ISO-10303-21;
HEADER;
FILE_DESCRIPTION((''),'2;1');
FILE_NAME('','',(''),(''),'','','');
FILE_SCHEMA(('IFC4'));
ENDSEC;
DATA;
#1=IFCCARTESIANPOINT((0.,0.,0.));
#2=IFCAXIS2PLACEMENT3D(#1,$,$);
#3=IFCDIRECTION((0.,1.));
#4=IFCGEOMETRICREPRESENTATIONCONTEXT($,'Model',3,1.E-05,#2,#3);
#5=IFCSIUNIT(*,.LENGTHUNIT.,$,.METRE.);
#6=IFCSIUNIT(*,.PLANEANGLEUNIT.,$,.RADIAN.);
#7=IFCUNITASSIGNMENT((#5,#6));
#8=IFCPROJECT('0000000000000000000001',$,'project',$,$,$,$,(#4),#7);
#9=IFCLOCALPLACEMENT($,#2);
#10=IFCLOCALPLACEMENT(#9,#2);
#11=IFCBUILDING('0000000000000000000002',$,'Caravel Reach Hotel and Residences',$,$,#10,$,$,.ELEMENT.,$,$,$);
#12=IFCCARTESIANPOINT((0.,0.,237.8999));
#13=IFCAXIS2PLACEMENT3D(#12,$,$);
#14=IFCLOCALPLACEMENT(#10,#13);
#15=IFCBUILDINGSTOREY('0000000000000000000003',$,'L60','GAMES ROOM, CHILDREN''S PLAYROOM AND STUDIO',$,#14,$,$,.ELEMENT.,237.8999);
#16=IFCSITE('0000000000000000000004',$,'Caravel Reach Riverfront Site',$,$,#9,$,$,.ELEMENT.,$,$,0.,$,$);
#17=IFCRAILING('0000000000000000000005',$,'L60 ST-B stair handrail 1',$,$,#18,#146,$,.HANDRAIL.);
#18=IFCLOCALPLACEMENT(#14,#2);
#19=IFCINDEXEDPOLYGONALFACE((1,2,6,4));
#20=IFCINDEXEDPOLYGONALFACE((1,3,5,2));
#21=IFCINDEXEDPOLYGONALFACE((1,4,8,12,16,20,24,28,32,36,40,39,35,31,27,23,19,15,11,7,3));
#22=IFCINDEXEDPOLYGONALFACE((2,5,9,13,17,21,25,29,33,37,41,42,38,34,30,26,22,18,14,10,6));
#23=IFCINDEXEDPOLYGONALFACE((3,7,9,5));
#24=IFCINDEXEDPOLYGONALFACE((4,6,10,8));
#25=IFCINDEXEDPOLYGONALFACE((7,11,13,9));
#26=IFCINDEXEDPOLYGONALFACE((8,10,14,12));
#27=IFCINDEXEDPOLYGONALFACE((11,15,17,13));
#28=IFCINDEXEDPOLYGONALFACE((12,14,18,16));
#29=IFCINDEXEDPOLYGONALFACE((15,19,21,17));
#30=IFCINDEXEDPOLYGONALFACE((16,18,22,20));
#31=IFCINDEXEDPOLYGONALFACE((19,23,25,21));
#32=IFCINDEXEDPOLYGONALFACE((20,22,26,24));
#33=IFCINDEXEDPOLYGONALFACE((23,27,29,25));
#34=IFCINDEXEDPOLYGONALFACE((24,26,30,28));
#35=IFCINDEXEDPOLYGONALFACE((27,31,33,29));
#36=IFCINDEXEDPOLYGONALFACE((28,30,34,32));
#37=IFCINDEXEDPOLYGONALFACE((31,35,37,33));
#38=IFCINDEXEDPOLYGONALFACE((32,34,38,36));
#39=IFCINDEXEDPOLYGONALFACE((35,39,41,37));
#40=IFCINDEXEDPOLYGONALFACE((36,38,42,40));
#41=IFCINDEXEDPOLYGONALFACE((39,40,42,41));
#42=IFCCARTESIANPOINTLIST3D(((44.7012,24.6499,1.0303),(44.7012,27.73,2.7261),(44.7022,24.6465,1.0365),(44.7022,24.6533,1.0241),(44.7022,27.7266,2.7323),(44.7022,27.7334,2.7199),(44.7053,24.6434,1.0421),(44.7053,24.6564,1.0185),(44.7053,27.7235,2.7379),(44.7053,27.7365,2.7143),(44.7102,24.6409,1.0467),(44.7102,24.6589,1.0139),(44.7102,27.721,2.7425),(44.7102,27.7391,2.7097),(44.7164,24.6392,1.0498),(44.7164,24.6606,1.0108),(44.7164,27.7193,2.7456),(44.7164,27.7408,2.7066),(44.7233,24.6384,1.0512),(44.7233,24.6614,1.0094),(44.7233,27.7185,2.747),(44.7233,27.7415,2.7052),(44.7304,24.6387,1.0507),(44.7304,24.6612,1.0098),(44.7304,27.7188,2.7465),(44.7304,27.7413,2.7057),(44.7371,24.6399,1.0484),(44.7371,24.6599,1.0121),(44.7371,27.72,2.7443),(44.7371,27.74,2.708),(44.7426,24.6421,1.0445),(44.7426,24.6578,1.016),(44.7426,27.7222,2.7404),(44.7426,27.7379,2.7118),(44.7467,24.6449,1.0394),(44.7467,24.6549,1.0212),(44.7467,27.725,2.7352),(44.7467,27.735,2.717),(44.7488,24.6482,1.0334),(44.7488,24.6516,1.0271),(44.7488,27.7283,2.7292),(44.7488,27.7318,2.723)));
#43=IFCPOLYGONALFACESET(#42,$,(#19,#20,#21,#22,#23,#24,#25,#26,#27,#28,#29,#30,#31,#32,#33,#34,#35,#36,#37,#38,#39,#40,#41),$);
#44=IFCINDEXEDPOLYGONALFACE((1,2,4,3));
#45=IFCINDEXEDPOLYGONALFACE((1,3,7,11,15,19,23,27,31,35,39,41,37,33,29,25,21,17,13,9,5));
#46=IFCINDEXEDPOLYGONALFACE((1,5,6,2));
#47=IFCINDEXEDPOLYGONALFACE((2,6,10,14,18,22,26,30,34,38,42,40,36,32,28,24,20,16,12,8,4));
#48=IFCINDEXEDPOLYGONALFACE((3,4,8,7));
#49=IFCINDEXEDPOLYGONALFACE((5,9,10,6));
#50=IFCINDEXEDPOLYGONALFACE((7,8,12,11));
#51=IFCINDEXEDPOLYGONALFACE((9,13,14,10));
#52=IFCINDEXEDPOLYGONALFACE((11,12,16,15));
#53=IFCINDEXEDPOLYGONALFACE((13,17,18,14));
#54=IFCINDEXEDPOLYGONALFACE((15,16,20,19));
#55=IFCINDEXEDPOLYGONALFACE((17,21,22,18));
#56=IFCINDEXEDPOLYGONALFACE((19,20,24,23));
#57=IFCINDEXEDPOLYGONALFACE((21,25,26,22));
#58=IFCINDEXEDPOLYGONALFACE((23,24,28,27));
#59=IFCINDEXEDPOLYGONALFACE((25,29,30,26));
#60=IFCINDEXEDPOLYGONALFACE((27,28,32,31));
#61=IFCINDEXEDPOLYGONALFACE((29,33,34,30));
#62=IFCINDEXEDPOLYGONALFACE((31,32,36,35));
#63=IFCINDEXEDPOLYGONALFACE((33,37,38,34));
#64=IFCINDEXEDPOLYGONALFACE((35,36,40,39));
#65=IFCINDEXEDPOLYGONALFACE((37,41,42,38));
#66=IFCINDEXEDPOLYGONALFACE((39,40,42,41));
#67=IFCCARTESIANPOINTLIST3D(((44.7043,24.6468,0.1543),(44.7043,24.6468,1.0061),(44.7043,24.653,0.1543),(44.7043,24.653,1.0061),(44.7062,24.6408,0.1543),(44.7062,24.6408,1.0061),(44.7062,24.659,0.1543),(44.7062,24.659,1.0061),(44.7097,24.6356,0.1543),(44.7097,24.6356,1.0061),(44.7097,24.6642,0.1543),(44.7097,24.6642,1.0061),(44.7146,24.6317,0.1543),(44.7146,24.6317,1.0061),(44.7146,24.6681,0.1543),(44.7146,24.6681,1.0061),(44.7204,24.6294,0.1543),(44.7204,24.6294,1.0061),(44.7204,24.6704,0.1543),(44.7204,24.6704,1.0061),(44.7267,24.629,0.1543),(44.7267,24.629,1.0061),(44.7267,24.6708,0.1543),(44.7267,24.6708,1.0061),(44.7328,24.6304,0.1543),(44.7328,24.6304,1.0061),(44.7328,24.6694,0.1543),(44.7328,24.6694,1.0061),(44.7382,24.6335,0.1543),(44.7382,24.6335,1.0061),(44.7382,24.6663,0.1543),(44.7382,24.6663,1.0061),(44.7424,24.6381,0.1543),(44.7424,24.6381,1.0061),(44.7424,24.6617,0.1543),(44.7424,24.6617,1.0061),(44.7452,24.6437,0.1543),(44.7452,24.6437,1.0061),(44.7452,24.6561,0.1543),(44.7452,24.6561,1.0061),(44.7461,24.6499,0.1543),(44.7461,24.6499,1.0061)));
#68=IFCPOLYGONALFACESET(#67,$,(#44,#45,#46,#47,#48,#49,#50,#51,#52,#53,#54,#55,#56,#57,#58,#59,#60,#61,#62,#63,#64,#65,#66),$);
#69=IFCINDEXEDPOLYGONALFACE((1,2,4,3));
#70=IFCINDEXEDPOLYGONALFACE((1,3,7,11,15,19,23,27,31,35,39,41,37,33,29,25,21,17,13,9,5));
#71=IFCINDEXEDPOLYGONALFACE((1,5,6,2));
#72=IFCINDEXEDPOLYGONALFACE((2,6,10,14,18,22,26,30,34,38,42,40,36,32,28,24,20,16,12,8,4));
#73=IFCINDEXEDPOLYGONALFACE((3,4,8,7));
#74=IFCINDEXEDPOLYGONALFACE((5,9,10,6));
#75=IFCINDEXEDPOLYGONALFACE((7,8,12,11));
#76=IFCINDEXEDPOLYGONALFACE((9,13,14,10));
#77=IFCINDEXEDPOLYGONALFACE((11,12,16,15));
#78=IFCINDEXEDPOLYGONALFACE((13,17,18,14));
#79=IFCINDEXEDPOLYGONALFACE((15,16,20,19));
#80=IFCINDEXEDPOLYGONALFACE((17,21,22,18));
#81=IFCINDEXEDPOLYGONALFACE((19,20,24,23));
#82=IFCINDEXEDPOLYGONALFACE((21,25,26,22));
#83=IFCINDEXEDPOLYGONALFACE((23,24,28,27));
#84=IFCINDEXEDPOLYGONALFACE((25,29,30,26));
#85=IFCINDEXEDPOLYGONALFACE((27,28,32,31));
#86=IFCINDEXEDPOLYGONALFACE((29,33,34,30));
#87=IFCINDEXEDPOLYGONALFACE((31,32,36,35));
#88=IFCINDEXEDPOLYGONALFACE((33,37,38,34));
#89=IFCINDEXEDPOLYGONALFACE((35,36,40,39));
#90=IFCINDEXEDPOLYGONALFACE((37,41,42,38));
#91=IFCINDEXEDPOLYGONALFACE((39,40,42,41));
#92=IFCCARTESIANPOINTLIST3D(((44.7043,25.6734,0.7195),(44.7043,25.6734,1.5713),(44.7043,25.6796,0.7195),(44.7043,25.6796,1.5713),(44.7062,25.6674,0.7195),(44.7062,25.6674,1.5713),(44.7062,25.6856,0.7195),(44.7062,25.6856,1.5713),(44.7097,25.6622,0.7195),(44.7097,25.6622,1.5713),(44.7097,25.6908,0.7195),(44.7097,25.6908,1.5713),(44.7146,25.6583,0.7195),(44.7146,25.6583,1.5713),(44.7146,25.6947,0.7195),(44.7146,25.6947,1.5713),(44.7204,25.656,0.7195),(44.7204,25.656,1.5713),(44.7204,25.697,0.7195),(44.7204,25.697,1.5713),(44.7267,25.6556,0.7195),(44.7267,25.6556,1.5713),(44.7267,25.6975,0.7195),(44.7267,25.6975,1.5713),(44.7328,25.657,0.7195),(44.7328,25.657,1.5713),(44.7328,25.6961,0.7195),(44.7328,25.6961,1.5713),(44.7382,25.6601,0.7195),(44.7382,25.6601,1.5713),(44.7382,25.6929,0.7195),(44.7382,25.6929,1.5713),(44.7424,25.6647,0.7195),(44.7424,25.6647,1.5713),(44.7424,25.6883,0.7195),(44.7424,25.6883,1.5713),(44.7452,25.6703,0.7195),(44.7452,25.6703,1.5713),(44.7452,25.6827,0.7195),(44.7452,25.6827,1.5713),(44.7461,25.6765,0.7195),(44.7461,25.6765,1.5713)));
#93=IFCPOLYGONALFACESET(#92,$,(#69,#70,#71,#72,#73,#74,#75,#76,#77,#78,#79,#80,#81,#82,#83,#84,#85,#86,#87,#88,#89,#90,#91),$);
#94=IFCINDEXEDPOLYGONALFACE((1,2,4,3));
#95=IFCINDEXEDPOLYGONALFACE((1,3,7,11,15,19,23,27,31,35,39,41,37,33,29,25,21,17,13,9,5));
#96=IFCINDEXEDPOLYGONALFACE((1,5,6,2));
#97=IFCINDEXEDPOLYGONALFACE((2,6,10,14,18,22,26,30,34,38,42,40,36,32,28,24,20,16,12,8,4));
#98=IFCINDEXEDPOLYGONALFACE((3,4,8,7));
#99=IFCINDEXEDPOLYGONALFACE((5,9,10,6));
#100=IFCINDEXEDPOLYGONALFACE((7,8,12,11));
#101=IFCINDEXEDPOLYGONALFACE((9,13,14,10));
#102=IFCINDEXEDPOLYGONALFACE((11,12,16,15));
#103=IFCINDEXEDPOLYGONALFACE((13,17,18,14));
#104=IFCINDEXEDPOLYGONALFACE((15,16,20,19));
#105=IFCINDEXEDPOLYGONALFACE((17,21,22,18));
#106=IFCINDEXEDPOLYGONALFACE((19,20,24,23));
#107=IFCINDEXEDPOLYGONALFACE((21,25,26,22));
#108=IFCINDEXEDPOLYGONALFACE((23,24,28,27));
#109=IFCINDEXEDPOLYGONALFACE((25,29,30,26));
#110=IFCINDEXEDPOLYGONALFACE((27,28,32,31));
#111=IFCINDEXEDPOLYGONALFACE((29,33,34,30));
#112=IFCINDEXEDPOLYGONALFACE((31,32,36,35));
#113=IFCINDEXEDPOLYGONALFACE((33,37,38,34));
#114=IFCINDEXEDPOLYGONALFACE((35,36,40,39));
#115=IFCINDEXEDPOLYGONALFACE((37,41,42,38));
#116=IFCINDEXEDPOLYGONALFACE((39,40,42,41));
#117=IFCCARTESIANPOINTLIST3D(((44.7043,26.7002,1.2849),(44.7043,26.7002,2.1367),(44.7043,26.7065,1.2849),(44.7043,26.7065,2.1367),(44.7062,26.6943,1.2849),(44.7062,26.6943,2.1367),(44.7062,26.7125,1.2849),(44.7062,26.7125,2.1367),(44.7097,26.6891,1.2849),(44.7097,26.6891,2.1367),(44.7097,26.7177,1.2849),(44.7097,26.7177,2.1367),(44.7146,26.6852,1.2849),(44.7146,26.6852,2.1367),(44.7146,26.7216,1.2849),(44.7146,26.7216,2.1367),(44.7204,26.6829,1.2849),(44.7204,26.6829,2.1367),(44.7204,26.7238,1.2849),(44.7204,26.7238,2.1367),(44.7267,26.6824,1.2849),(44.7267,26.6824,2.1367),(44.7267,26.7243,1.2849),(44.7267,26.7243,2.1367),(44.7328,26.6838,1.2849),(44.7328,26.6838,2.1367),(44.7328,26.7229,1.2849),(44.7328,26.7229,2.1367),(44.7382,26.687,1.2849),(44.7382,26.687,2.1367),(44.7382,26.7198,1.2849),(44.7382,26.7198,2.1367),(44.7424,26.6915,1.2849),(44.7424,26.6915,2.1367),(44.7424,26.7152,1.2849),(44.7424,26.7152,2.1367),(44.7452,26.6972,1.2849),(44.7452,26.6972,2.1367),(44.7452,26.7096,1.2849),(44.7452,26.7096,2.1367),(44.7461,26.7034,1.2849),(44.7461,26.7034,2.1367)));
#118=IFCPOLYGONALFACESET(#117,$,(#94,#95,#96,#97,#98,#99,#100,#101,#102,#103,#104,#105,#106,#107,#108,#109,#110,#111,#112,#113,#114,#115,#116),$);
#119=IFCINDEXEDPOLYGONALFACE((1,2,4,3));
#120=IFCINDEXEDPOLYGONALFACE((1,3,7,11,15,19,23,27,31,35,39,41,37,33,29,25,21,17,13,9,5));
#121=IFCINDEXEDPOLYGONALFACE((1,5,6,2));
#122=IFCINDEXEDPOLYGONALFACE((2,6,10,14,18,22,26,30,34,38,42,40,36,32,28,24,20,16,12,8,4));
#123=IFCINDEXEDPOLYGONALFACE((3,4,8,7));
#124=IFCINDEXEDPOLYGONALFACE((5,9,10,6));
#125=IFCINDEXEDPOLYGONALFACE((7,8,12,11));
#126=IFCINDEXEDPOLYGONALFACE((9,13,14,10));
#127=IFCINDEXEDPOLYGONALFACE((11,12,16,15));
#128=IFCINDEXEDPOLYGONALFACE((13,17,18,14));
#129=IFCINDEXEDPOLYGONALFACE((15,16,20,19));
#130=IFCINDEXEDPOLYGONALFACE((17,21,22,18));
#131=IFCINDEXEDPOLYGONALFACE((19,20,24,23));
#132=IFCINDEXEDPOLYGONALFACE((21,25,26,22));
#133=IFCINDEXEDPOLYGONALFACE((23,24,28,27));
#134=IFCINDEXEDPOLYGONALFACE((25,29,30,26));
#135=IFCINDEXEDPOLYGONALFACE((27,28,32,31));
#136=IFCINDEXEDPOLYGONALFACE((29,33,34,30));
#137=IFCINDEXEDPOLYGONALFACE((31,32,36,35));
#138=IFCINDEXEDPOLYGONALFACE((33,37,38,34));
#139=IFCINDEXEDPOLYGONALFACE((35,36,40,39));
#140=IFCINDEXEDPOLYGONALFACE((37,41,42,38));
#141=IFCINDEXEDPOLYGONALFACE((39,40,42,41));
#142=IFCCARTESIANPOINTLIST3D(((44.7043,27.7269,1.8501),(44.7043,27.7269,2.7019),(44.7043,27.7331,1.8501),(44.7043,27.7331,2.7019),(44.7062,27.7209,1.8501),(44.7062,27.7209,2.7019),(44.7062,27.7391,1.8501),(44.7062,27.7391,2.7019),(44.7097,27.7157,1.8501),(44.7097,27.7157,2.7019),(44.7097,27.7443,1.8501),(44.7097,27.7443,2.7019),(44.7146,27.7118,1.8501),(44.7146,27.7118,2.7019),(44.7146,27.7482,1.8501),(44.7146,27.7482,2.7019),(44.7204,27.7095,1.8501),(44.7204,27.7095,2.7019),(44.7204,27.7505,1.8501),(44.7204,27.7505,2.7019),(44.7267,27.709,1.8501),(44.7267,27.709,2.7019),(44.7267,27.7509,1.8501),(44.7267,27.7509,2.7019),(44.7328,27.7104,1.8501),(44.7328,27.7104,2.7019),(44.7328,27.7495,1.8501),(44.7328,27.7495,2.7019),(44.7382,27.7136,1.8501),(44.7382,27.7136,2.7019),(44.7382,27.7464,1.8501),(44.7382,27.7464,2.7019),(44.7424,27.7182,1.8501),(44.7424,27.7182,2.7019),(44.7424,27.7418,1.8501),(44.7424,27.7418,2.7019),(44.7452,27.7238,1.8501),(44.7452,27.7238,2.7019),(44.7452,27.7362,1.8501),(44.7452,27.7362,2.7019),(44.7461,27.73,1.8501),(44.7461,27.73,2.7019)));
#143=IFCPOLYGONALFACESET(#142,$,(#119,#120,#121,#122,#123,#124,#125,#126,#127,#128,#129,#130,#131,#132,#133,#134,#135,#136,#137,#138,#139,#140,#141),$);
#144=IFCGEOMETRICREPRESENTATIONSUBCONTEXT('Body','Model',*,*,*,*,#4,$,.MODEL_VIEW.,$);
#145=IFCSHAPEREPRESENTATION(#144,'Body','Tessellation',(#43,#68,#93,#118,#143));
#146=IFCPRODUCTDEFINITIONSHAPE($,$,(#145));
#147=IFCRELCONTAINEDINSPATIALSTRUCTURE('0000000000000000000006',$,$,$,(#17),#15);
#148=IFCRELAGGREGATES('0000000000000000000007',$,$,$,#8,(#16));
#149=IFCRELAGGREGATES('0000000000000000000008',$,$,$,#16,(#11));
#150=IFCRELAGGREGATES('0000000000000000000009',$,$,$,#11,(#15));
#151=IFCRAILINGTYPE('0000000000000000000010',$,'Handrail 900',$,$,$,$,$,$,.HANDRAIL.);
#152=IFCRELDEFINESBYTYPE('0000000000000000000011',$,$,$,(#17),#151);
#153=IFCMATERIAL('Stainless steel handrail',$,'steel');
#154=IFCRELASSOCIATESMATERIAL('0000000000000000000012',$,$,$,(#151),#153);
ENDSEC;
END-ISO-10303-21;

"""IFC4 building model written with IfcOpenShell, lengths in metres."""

from ifc_helpers import new_model, si_unit, direction, frame, origin, origin_2d, place, context, subcontext, project, spatial, circle, extrude, material, type_object, element, save


model = new_model("IFC4")

# Units and contexts
model_context = context("Model", 3, precision=1e-05, world=origin(), true_north=direction((0.0, 1.0)))
body_context = subcontext(model_context, "Body", "Model", "MODEL_VIEW")
ifc_project = project(units=[si_unit("LENGTHUNIT", "METRE"), si_unit("PLANEANGLEUNIT", "RADIAN")], contexts=[model_context])

# Site, building, storey
site_placement = place(None, origin())
site = spatial("IfcSite", under=ifc_project, at=site_placement, Name="Caravel Reach Riverfront Site", CompositionType="ELEMENT", RefElevation=0.0)
building_placement = place(site_placement, origin())
building = spatial("IfcBuilding", under=site, at=building_placement, Name="Caravel Reach Hotel and Residences", CompositionType="ELEMENT")
storey_placement = place(building_placement, frame((0.0, 0.0, 237.8999)))
storey = spatial("IfcBuildingStorey", under=building, at=storey_placement, Name="L60", Description="GAMES ROOM, CHILDREN'S PLAYROOM AND STUDIO", CompositionType="ELEMENT", Elevation=237.8999)

# Railing
ifc_material_1 = material(Name="Stainless steel handrail", Category="steel")
railing_type_1 = type_object("IfcRailingType", Name="Handrail 900", PredefinedType="HANDRAIL", material=ifc_material_1)
railing_1_placement = place(storey_placement, frame((44.7251, 24.6499, 0.1543)))
element("IfcRailing", 1, at=railing_1_placement, inside=storey, type_object=railing_type_1, Name="L60 ST-B stair handrail 1", PredefinedType="HANDRAIL", context=body_context, shape_type="SweptSolid", body=[
    extrude(circle(Radius=0.0239, at=origin_2d()), frame((0.0, 0.0, 0.876), z_axis=(0.0, 0.876005, 0.482303), x_axis=(-1.0, 0.0, 0.0)), (0.0, 0.0, 1.0), 3.5161),
    extrude(circle(Radius=0.021, at=origin_2d()), origin(), (0.0, 0.0, 1.0), 0.8518),
    extrude(circle(Radius=0.021, at=origin_2d()), frame((0.0, 1.0266, 0.5652)), (0.0, 0.0, 1.0), 0.8518),
    extrude(circle(Radius=0.021, at=origin_2d()), frame((0.0, 2.0535, 1.1306)), (0.0, 0.0, 1.0), 0.8518),
    extrude(circle(Radius=0.021, at=origin_2d()), frame((0.0, 3.0801, 1.6958)), (0.0, 0.0, 1.0), 0.8518),
])

save(model, "model.ifc")
